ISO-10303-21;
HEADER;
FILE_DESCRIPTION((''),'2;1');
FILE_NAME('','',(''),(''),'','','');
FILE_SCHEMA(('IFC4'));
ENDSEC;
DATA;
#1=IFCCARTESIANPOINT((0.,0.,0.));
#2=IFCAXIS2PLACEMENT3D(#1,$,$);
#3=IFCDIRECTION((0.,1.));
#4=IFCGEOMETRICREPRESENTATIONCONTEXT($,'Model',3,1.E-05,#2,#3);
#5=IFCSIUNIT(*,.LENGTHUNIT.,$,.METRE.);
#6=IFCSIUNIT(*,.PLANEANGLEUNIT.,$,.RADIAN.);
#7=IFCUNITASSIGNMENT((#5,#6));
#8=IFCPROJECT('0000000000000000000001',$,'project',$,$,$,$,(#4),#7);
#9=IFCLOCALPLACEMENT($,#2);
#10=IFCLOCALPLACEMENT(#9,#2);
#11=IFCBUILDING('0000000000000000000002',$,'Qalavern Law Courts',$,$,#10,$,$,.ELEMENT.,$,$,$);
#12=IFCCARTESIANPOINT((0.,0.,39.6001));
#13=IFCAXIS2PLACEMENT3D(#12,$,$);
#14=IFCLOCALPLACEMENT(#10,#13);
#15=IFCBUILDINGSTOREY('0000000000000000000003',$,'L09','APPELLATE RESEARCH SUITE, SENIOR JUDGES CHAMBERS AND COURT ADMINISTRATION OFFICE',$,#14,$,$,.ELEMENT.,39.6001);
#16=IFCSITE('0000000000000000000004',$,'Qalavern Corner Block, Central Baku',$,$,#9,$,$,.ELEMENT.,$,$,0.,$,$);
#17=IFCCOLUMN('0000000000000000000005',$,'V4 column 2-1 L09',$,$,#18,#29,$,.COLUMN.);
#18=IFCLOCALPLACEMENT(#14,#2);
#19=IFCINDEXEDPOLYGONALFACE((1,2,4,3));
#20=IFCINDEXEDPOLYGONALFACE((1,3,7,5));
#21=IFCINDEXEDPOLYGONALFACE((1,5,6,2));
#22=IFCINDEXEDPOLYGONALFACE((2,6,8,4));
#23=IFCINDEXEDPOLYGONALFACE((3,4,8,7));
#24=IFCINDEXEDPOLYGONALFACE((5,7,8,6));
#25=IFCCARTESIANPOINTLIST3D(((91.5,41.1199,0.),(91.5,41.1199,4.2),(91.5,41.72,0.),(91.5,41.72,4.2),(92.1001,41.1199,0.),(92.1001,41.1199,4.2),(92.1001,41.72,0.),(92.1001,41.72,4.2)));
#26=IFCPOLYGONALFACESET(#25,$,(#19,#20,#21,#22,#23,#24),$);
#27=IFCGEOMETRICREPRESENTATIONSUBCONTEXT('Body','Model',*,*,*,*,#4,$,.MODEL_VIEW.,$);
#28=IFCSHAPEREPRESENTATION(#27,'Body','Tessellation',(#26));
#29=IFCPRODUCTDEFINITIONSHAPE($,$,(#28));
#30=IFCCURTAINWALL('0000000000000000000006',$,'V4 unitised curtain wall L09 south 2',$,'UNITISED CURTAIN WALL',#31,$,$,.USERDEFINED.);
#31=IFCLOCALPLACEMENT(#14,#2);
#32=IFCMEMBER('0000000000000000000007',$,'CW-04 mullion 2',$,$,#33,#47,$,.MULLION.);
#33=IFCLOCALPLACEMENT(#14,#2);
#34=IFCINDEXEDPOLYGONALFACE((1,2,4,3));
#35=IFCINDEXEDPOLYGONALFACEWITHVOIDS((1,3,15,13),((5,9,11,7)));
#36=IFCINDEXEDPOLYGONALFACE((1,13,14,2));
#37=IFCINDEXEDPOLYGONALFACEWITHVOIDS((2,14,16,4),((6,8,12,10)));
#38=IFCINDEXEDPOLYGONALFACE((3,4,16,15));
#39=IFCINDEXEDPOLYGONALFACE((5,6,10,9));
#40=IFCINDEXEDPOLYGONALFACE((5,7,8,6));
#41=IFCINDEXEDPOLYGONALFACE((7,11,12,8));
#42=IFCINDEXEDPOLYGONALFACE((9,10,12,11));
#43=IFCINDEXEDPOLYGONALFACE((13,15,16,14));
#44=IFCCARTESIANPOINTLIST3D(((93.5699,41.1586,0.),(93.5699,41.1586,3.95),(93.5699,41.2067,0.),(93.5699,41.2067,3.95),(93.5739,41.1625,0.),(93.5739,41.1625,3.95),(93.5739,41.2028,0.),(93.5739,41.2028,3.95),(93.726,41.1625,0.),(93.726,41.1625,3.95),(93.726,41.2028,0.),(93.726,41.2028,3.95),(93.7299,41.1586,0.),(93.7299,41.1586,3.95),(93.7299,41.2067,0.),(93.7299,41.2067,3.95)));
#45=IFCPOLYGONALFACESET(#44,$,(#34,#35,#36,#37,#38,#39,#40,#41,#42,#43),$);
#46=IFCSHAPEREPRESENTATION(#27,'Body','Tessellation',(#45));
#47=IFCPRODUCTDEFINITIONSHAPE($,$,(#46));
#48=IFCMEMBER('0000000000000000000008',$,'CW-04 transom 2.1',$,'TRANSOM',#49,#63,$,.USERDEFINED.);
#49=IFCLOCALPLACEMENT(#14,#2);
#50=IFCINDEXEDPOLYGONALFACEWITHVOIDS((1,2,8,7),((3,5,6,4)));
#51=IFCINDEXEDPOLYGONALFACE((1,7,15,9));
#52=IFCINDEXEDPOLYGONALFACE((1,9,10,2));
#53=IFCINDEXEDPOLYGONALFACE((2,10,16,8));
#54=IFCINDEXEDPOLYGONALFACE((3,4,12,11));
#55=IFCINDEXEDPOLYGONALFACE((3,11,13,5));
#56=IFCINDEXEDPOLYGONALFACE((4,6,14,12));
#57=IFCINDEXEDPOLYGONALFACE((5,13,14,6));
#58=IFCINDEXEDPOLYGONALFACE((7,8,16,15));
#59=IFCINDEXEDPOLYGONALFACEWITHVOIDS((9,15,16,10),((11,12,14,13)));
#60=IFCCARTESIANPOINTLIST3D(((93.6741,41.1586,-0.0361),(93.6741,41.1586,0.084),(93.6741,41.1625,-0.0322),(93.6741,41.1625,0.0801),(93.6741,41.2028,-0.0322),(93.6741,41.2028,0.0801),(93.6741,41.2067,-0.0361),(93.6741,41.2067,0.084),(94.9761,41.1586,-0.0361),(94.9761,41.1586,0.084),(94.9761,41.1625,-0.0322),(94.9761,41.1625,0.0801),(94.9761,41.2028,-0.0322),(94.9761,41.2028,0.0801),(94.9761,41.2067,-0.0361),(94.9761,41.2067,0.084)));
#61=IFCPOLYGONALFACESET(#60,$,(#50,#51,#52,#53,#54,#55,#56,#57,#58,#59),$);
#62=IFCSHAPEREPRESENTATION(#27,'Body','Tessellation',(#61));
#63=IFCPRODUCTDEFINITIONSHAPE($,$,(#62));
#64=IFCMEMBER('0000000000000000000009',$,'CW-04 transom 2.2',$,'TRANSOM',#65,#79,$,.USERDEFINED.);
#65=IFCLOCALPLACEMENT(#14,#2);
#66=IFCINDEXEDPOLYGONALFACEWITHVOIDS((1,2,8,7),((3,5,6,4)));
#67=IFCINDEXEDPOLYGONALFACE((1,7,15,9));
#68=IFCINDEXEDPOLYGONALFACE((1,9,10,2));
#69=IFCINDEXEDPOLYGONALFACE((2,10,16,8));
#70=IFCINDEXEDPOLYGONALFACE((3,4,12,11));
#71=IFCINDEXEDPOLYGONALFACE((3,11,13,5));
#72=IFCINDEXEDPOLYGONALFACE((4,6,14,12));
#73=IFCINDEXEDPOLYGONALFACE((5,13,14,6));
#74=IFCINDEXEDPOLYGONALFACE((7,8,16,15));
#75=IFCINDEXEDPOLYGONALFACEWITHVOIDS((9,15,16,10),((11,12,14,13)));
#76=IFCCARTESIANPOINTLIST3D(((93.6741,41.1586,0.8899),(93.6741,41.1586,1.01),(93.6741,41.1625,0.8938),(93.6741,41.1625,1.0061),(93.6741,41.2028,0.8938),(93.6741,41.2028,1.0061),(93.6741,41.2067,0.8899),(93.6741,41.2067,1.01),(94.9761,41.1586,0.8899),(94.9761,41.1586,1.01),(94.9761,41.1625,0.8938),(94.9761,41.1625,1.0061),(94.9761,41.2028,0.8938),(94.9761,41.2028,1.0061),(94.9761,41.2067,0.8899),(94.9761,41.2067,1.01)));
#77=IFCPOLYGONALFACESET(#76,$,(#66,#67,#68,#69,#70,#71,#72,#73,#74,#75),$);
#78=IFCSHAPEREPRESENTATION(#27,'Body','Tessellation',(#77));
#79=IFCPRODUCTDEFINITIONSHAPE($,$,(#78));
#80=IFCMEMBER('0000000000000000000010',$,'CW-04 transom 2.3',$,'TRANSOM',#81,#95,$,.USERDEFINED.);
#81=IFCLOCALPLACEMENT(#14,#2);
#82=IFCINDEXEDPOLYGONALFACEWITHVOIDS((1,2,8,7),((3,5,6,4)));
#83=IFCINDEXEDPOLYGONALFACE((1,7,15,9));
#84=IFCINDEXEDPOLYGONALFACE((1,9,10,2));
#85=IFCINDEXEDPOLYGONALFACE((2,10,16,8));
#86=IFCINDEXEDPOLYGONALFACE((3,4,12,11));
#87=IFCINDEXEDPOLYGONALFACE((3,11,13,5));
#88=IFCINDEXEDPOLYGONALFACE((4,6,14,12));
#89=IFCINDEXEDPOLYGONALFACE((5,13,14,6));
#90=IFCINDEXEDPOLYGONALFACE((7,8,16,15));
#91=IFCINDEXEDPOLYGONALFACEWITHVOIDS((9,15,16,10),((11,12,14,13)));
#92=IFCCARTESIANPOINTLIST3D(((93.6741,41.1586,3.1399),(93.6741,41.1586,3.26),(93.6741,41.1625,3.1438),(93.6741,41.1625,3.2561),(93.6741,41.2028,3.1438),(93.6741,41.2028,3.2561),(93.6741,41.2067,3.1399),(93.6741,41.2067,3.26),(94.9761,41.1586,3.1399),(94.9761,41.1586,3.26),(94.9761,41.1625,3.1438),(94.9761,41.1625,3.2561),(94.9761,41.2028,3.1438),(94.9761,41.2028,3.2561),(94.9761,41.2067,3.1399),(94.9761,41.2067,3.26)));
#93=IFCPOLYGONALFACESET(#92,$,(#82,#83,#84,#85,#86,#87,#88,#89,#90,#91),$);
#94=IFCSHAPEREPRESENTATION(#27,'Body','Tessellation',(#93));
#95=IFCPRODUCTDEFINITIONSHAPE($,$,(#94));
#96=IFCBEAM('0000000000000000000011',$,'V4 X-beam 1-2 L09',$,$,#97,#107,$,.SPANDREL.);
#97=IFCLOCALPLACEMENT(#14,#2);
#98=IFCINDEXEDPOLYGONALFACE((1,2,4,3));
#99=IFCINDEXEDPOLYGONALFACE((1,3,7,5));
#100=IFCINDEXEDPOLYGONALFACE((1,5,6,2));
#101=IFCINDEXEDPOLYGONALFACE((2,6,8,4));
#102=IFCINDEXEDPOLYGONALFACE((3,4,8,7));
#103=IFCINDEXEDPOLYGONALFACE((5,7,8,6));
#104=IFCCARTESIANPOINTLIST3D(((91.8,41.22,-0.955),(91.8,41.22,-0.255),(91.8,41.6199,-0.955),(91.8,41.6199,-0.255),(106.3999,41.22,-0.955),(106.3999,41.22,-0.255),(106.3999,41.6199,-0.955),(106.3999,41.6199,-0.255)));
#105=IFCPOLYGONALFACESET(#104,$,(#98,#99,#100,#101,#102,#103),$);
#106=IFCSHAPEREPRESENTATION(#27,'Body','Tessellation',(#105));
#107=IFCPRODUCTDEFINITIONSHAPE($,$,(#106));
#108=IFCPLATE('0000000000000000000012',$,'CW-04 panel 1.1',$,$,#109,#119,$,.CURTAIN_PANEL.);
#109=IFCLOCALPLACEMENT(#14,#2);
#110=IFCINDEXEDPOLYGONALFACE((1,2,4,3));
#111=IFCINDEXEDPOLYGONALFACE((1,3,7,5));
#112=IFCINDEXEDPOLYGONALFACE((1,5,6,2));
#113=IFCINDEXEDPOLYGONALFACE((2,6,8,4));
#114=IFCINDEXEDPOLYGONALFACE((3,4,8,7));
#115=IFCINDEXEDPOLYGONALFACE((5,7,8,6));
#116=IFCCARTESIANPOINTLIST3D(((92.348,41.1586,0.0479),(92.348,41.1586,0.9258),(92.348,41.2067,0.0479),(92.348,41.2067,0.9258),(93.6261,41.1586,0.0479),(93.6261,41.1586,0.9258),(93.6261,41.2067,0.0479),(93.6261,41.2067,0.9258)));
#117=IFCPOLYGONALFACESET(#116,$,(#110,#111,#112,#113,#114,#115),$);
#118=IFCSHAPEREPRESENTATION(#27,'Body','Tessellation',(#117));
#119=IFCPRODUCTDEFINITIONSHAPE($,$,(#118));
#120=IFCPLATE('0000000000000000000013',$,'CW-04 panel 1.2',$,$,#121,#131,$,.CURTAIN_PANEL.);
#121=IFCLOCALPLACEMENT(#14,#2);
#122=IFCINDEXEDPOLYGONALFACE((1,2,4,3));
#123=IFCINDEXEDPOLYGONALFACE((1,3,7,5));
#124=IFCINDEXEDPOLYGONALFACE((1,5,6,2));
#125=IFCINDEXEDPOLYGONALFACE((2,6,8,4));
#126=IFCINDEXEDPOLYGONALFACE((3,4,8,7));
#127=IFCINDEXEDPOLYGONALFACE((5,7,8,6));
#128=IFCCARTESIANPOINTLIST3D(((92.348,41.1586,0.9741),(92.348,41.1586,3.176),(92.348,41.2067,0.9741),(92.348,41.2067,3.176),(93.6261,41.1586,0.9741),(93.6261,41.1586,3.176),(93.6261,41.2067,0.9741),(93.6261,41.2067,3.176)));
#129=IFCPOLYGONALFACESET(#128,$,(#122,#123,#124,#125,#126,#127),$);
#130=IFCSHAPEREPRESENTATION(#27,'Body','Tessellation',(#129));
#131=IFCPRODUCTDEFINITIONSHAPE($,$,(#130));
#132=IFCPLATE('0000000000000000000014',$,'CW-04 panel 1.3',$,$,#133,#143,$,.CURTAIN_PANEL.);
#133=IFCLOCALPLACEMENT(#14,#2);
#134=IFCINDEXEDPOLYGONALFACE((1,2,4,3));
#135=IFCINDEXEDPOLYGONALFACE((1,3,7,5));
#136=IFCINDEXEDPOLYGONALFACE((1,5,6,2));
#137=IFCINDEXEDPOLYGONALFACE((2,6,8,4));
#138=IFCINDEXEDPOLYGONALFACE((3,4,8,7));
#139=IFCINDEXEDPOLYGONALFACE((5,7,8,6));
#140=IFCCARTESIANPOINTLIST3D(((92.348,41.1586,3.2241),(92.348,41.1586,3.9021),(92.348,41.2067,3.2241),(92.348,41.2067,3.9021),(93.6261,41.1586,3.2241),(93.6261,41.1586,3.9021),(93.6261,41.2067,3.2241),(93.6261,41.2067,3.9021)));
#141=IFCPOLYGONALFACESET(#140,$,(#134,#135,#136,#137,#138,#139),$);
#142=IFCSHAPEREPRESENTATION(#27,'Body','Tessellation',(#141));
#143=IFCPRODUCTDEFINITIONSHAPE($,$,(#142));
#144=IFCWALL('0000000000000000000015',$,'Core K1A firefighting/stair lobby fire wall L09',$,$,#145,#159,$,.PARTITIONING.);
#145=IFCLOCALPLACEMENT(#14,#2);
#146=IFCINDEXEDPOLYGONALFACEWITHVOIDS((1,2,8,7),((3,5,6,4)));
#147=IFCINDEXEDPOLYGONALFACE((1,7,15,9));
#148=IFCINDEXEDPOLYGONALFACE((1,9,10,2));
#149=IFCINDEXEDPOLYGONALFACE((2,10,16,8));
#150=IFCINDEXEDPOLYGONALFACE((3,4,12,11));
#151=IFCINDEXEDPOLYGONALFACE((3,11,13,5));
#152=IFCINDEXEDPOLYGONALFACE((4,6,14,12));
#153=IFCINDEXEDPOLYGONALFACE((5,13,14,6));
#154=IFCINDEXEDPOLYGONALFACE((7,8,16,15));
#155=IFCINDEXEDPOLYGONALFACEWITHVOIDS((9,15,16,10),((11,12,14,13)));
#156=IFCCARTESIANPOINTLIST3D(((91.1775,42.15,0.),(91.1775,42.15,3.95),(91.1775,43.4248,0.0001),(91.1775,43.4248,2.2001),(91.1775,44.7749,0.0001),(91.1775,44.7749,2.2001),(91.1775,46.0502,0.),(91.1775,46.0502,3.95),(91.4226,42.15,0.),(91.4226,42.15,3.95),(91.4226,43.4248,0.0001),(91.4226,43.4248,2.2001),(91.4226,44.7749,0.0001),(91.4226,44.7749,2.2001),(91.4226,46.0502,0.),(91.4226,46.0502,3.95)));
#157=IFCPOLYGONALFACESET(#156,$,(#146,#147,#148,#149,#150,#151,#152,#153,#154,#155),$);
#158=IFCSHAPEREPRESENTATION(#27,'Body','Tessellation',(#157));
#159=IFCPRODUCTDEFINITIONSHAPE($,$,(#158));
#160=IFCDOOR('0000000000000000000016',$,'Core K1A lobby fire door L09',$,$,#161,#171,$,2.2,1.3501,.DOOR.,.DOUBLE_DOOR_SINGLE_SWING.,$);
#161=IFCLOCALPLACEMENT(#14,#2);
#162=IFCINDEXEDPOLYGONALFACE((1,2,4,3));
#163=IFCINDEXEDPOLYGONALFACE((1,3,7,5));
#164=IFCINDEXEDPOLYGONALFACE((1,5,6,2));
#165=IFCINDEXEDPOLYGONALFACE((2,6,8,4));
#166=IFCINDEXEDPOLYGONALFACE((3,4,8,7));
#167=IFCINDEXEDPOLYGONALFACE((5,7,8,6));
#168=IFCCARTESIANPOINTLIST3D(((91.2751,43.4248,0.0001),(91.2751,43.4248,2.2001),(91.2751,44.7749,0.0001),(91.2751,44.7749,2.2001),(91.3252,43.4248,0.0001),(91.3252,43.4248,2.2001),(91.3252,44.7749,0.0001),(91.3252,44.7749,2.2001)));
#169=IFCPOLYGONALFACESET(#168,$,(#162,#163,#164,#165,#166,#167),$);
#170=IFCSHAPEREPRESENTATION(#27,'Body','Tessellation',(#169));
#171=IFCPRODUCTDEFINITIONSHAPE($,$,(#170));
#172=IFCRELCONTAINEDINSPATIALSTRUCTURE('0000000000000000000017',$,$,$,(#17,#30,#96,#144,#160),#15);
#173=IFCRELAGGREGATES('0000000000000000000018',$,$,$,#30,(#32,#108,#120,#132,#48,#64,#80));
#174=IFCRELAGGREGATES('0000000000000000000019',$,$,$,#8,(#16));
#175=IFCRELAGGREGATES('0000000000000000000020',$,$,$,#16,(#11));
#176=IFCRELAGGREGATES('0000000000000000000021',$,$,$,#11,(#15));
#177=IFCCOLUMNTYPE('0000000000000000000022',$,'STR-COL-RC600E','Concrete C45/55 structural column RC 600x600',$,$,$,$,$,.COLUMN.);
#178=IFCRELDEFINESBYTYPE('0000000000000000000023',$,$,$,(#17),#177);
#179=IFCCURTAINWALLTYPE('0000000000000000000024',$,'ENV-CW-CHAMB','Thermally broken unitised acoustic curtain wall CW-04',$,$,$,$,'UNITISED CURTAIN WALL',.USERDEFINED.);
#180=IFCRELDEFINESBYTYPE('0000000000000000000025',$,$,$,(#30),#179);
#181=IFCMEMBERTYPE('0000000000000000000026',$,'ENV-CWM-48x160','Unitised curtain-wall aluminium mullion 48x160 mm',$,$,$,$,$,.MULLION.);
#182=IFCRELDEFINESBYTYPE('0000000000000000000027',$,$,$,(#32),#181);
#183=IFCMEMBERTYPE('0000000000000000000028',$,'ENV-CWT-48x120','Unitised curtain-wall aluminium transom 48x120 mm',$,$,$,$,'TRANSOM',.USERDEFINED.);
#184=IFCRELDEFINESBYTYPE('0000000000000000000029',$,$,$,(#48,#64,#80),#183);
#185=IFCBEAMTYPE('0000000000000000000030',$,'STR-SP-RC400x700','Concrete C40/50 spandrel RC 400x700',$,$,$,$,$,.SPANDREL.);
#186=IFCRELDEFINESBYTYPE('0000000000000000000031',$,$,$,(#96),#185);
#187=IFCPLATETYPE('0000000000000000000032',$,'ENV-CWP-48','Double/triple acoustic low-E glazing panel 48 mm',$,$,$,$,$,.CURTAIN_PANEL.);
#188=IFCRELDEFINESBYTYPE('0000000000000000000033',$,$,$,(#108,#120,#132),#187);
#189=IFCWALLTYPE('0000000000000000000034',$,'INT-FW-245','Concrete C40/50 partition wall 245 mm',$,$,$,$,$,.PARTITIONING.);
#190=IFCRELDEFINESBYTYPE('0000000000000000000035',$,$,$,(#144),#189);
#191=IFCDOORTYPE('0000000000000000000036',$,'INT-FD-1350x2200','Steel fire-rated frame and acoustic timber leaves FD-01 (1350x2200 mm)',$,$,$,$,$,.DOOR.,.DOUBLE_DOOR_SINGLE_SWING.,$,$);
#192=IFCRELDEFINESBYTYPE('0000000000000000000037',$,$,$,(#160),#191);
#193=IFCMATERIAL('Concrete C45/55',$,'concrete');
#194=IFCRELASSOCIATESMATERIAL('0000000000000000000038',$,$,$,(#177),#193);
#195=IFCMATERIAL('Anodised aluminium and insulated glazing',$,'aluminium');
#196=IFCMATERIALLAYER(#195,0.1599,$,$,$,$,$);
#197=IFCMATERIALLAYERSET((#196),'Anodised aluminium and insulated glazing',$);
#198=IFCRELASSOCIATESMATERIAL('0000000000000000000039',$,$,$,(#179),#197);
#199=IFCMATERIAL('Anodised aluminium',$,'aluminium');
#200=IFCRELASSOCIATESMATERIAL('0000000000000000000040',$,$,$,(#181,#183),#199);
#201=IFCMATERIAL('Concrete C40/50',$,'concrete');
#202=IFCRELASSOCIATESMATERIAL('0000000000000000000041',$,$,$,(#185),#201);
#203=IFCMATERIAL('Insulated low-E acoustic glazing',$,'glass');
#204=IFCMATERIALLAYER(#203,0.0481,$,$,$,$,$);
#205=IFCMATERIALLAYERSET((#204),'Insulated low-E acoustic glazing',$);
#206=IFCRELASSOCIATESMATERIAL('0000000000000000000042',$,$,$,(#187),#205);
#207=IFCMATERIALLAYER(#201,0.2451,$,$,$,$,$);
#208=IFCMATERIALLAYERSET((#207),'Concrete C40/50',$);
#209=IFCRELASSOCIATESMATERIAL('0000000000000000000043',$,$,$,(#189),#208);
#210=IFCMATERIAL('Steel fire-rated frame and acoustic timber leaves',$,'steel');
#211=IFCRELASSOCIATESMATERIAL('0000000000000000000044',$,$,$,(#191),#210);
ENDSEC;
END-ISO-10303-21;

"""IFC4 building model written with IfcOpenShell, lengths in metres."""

from ifc_helpers import new_model, si_unit, direction, frame, frame_2d, origin, origin_2d, place, context, subcontext, project, spatial, rectangle, hollow_rectangle, extrude, material, layer, layer_set, material_profile, profile_set, type_object, element, fill, aggregate, save


model = new_model("IFC4")

# Units and contexts
model_context = context("Model", 3, precision=1e-05, world=origin(), true_north=direction((0.0, 1.0)))
body_context = subcontext(model_context, "Body", "Model", "MODEL_VIEW")
ifc_project = project(units=[si_unit("LENGTHUNIT", "METRE"), si_unit("PLANEANGLEUNIT", "RADIAN")], contexts=[model_context])

# Site, building, storey
site_placement = place(None, origin())
site = spatial("IfcSite", under=ifc_project, at=site_placement, Name="Qalavern Corner Block, Central Baku", CompositionType="ELEMENT", RefElevation=0.0)
building_placement = place(site_placement, origin())
building = spatial("IfcBuilding", under=site, at=building_placement, Name="Qalavern Law Courts", CompositionType="ELEMENT")
storey_placement = place(building_placement, frame((0.0, 0.0, 39.6001)))
storey = spatial("IfcBuildingStorey", under=building, at=storey_placement, Name="L09", Description="APPELLATE RESEARCH SUITE, SENIOR JUDGES CHAMBERS AND COURT ADMINISTRATION OFFICE", CompositionType="ELEMENT", Elevation=39.6001)

# Column
ifc_material_1 = material(Name="Concrete C45/55", Category="concrete")
ifc_material_profile_1 = material_profile(ifc_material_1, rectangle(XDim=0.6001, YDim=0.6001, at=origin_2d()), Name="RC 600x600")
ifc_profile_set_1 = profile_set([ifc_material_profile_1], Name="Concrete C45/55")
column_type = type_object("IfcColumnType", Name="STR-COL-RC600E", Description="Concrete C45/55 structural column RC 600x600", PredefinedType="COLUMN", material=ifc_profile_set_1)
column_placement = place(storey_placement, frame((91.8, 41.4199, 0.0), z_axis=(0.0, 0.0, 1.0), x_axis=(1.0, 0.0, 0.0)))
element("IfcColumn", 1, at=column_placement, inside=storey, type_object=column_type, Name="V4 column 2-1 L09", PredefinedType="COLUMN", context=body_context, shape_type="SweptSolid", body=[
    extrude(rectangle(XDim=0.6001, YDim=0.6001, at=origin_2d()), origin(), (0.0, 0.0, 1.0), 4.2),
])

# Curtain wall, members
ifc_material_2 = material(Name="Anodised aluminium and insulated glazing", Category="aluminium")
ifc_layer_1 = layer(ifc_material_2, 0.1599)
ifc_layer_set_1 = layer_set([ifc_layer_1], Name="Anodised aluminium and insulated glazing")
curtain_wall_type = type_object("IfcCurtainWallType", Name="ENV-CW-CHAMB", Description="Thermally broken unitised acoustic curtain wall CW-04", ElementType="UNITISED CURTAIN WALL", PredefinedType="USERDEFINED", material=ifc_layer_set_1)
curtain_wall_placement = place(storey_placement, origin())
curtain_wall = element("IfcCurtainWall", 2, at=curtain_wall_placement, inside=storey, type_object=curtain_wall_type, Name="V4 unitised curtain wall L09 south 2", ObjectType="UNITISED CURTAIN WALL", PredefinedType="USERDEFINED")
ifc_material_3 = material(Name="Anodised aluminium", Category="aluminium")
ifc_material_profile_2 = material_profile(ifc_material_3, hollow_rectangle(XDim=0.0481, YDim=0.1599, WallThickness=0.0039, at=origin_2d()), Name="ALU MULLION 48x160")
ifc_profile_set_2 = profile_set([ifc_material_profile_2], Name="Anodised aluminium")
member_type_1 = type_object("IfcMemberType", Name="ENV-CWM-48x160", Description="Unitised curtain-wall aluminium mullion 48x160 mm", PredefinedType="MULLION", material=ifc_profile_set_2)
member_1_placement = place(storey_placement, frame((93.6499, 41.1826, 0.0), z_axis=(0.0, 0.0, 1.0), x_axis=(0.0, 1.0, 0.0)))
member_1 = element("IfcMember", 3, at=member_1_placement, type_object=member_type_1, Name="CW-04 mullion 2", PredefinedType="MULLION", context=body_context, shape_type="SweptSolid", body=[
    extrude(hollow_rectangle(XDim=0.0481, YDim=0.1599, WallThickness=0.0039, at=origin_2d()), origin(), (0.0, 0.0, 1.0), 3.95),
])
ifc_material_profile_3 = material_profile(ifc_material_3, hollow_rectangle(XDim=0.0481, YDim=0.1201, WallThickness=0.0039, at=origin_2d()), Name="ALU TRANSOM 48x120")
ifc_profile_set_3 = profile_set([ifc_material_profile_3], Name="Anodised aluminium")
member_type_2 = type_object("IfcMemberType", Name="ENV-CWT-48x120", Description="Unitised curtain-wall aluminium transom 48x120 mm", ElementType="TRANSOM", PredefinedType="USERDEFINED", material=ifc_profile_set_3)
member_2_placement = place(storey_placement, frame((93.6741, 41.1826, 0.0239), z_axis=(1.0, 0.0, 0.0), x_axis=(0.0, 1.0, 0.0)))
member_2 = element("IfcMember", 4, at=member_2_placement, type_object=member_type_2, Name="CW-04 transom 2.1", ObjectType="TRANSOM", PredefinedType="USERDEFINED", context=body_context, shape_type="SweptSolid", body=[
    extrude(hollow_rectangle(XDim=0.0481, YDim=0.1201, WallThickness=0.0039, at=origin_2d()), origin(), (0.0, 0.0, 1.0), 1.302),
])
member_3_placement = place(storey_placement, frame((93.6741, 41.1826, 0.95), z_axis=(1.0, 0.0, 0.0), x_axis=(0.0, 1.0, 0.0)))
member_3 = element("IfcMember", 5, at=member_3_placement, type_object=member_type_2, Name="CW-04 transom 2.2", ObjectType="TRANSOM", PredefinedType="USERDEFINED", context=body_context, shape_type="SweptSolid", body=[
    extrude(hollow_rectangle(XDim=0.0481, YDim=0.1201, WallThickness=0.0039, at=origin_2d()), origin(), (0.0, 0.0, 1.0), 1.302),
])
member_4_placement = place(storey_placement, frame((93.6741, 41.1826, 3.2), z_axis=(1.0, 0.0, 0.0), x_axis=(0.0, 1.0, 0.0)))
member_4 = element("IfcMember", 6, at=member_4_placement, type_object=member_type_2, Name="CW-04 transom 2.3", ObjectType="TRANSOM", PredefinedType="USERDEFINED", context=body_context, shape_type="SweptSolid", body=[
    extrude(hollow_rectangle(XDim=0.0481, YDim=0.1201, WallThickness=0.0039, at=origin_2d()), origin(), (0.0, 0.0, 1.0), 1.302),
])

# Beam
ifc_material_4 = material(Name="Concrete C40/50", Category="concrete")
ifc_material_profile_4 = material_profile(ifc_material_4, rectangle(XDim=0.3999, YDim=0.7, at=origin_2d()), Name="RC 400x700")
ifc_profile_set_4 = profile_set([ifc_material_profile_4], Name="Concrete C40/50")
beam_type = type_object("IfcBeamType", Name="STR-SP-RC400x700", Description="Concrete C40/50 spandrel RC 400x700", PredefinedType="SPANDREL", material=ifc_profile_set_4)
beam_placement = place(storey_placement, frame((91.8, 41.4199, -0.605), z_axis=(1.0, 0.0, 0.0), x_axis=(0.0, 1.0, 0.0)))
element("IfcBeam", 7, at=beam_placement, inside=storey, type_object=beam_type, Name="V4 X-beam 1-2 L09", PredefinedType="SPANDREL", context=body_context, shape_type="SweptSolid", body=[
    extrude(rectangle(XDim=0.3999, YDim=0.7, at=origin_2d()), origin(), (0.0, 0.0, 1.0), 14.5999),
])

# Plates
ifc_material_5 = material(Name="Insulated low-E acoustic glazing", Category="glass")
ifc_layer_2 = layer(ifc_material_5, 0.0481)
ifc_layer_set_2 = layer_set([ifc_layer_2], Name="Insulated low-E acoustic glazing")
plate_type = type_object("IfcPlateType", Name="ENV-CWP-48", Description="Double/triple acoustic low-E glazing panel 48 mm", PredefinedType="CURTAIN_PANEL", material=ifc_layer_set_2)
plate_1_placement = place(storey_placement, frame((92.9871, 41.1826, 0.0479), z_axis=(0.0, 0.0, 1.0), x_axis=(1.0, 0.0, 0.0)))
plate_1 = element("IfcPlate", 8, at=plate_1_placement, type_object=plate_type, Name="CW-04 panel 1.1", PredefinedType="CURTAIN_PANEL", context=body_context, shape_type="SweptSolid", body=[
    extrude(rectangle(XDim=1.2781, YDim=0.0481, at=origin_2d()), origin(), (0.0, 0.0, 1.0), 0.8779),
])
plate_2_placement = place(storey_placement, frame((92.9871, 41.1826, 0.9741), z_axis=(0.0, 0.0, 1.0), x_axis=(1.0, 0.0, 0.0)))
plate_2 = element("IfcPlate", 9, at=plate_2_placement, type_object=plate_type, Name="CW-04 panel 1.2", PredefinedType="CURTAIN_PANEL", context=body_context, shape_type="SweptSolid", body=[
    extrude(rectangle(XDim=1.2781, YDim=0.0481, at=origin_2d()), origin(), (0.0, 0.0, 1.0), 2.2019),
])
plate_3_placement = place(storey_placement, frame((92.9871, 41.1826, 3.2241), z_axis=(0.0, 0.0, 1.0), x_axis=(1.0, 0.0, 0.0)))
plate_3 = element("IfcPlate", 10, at=plate_3_placement, type_object=plate_type, Name="CW-04 panel 1.3", PredefinedType="CURTAIN_PANEL", context=body_context, shape_type="SweptSolid", body=[
    extrude(rectangle(XDim=1.2781, YDim=0.0481, at=origin_2d()), origin(), (0.0, 0.0, 1.0), 0.678),
])
aggregate(curtain_wall, [member_1, plate_1, plate_2, plate_3, member_2, member_3, member_4])

# Wall, opening, door
ifc_layer_3 = layer(ifc_material_4, 0.2451)
ifc_layer_set_3 = layer_set([ifc_layer_3], Name="Concrete C40/50")
wall_type_1 = type_object("IfcWallType", Name="INT-FW-245", Description="Concrete C40/50 partition wall 245 mm", PredefinedType="PARTITIONING", material=ifc_layer_set_3)
wall_1_placement = place(storey_placement, frame((91.3, 42.1499, 0.0), z_axis=(0.0, 0.0, 1.0), x_axis=(0.0, 1.0, 0.0)))
wall_1 = element("IfcWall", 11, at=wall_1_placement, inside=storey, type_object=wall_type_1, Name="Core K1A firefighting/stair lobby fire wall L09", PredefinedType="PARTITIONING", context=body_context, shape_type="SweptSolid", body=[
    extrude(rectangle(XDim=3.9001, YDim=0.2451, at=frame_2d((1.9502, 0.0))), origin(), (0.0, 0.0, 1.0), 3.95),
])
opening_1_placement = place(wall_1_placement, frame((1.2749, 0.0, 0.0)))
opening_1 = element("IfcOpeningElement", 12, at=opening_1_placement, cuts=wall_1, PredefinedType="OPENING", context=body_context, shape_type="SweptSolid", body=[
    extrude(rectangle(XDim=1.3501, YDim=2.2, at=frame_2d((0.675, 1.1001))), frame((0.0, 0.1375, 0.0), z_axis=(0.0, -1.0, 0.0), x_axis=(1.0, 0.0, 0.0)), (0.0, 0.0, 1.0), 0.2749),
])
ifc_material_6 = material(Name="Steel fire-rated frame and acoustic timber leaves", Category="steel")
door_type_1 = type_object("IfcDoorType", Name="INT-FD-1350x2200", Description="Steel fire-rated frame and acoustic timber leaves FD-01 (1350x2200 mm)", OperationType="DOUBLE_DOOR_SINGLE_SWING", PredefinedType="DOOR", material=ifc_material_6)
door_1_placement = place(opening_1_placement, origin())
door_1 = element("IfcDoor", 13, at=door_1_placement, inside=storey, type_object=door_type_1, Name="Core K1A lobby fire door L09", OperationType="DOUBLE_DOOR_SINGLE_SWING", OverallHeight=2.2, OverallWidth=1.3501, PredefinedType="DOOR", context=body_context, shape_type="SweptSolid", body=[
    extrude(rectangle(XDim=1.3501, YDim=2.2, at=frame_2d((0.675, 1.1001))), frame((0.0, 0.0249, 0.0), z_axis=(0.0, -1.0, 0.0), x_axis=(1.0, 0.0, 0.0)), (0.0, 0.0, 1.0), 0.05),
])
fill(opening_1, door_1)

save(model, "model.ifc")
